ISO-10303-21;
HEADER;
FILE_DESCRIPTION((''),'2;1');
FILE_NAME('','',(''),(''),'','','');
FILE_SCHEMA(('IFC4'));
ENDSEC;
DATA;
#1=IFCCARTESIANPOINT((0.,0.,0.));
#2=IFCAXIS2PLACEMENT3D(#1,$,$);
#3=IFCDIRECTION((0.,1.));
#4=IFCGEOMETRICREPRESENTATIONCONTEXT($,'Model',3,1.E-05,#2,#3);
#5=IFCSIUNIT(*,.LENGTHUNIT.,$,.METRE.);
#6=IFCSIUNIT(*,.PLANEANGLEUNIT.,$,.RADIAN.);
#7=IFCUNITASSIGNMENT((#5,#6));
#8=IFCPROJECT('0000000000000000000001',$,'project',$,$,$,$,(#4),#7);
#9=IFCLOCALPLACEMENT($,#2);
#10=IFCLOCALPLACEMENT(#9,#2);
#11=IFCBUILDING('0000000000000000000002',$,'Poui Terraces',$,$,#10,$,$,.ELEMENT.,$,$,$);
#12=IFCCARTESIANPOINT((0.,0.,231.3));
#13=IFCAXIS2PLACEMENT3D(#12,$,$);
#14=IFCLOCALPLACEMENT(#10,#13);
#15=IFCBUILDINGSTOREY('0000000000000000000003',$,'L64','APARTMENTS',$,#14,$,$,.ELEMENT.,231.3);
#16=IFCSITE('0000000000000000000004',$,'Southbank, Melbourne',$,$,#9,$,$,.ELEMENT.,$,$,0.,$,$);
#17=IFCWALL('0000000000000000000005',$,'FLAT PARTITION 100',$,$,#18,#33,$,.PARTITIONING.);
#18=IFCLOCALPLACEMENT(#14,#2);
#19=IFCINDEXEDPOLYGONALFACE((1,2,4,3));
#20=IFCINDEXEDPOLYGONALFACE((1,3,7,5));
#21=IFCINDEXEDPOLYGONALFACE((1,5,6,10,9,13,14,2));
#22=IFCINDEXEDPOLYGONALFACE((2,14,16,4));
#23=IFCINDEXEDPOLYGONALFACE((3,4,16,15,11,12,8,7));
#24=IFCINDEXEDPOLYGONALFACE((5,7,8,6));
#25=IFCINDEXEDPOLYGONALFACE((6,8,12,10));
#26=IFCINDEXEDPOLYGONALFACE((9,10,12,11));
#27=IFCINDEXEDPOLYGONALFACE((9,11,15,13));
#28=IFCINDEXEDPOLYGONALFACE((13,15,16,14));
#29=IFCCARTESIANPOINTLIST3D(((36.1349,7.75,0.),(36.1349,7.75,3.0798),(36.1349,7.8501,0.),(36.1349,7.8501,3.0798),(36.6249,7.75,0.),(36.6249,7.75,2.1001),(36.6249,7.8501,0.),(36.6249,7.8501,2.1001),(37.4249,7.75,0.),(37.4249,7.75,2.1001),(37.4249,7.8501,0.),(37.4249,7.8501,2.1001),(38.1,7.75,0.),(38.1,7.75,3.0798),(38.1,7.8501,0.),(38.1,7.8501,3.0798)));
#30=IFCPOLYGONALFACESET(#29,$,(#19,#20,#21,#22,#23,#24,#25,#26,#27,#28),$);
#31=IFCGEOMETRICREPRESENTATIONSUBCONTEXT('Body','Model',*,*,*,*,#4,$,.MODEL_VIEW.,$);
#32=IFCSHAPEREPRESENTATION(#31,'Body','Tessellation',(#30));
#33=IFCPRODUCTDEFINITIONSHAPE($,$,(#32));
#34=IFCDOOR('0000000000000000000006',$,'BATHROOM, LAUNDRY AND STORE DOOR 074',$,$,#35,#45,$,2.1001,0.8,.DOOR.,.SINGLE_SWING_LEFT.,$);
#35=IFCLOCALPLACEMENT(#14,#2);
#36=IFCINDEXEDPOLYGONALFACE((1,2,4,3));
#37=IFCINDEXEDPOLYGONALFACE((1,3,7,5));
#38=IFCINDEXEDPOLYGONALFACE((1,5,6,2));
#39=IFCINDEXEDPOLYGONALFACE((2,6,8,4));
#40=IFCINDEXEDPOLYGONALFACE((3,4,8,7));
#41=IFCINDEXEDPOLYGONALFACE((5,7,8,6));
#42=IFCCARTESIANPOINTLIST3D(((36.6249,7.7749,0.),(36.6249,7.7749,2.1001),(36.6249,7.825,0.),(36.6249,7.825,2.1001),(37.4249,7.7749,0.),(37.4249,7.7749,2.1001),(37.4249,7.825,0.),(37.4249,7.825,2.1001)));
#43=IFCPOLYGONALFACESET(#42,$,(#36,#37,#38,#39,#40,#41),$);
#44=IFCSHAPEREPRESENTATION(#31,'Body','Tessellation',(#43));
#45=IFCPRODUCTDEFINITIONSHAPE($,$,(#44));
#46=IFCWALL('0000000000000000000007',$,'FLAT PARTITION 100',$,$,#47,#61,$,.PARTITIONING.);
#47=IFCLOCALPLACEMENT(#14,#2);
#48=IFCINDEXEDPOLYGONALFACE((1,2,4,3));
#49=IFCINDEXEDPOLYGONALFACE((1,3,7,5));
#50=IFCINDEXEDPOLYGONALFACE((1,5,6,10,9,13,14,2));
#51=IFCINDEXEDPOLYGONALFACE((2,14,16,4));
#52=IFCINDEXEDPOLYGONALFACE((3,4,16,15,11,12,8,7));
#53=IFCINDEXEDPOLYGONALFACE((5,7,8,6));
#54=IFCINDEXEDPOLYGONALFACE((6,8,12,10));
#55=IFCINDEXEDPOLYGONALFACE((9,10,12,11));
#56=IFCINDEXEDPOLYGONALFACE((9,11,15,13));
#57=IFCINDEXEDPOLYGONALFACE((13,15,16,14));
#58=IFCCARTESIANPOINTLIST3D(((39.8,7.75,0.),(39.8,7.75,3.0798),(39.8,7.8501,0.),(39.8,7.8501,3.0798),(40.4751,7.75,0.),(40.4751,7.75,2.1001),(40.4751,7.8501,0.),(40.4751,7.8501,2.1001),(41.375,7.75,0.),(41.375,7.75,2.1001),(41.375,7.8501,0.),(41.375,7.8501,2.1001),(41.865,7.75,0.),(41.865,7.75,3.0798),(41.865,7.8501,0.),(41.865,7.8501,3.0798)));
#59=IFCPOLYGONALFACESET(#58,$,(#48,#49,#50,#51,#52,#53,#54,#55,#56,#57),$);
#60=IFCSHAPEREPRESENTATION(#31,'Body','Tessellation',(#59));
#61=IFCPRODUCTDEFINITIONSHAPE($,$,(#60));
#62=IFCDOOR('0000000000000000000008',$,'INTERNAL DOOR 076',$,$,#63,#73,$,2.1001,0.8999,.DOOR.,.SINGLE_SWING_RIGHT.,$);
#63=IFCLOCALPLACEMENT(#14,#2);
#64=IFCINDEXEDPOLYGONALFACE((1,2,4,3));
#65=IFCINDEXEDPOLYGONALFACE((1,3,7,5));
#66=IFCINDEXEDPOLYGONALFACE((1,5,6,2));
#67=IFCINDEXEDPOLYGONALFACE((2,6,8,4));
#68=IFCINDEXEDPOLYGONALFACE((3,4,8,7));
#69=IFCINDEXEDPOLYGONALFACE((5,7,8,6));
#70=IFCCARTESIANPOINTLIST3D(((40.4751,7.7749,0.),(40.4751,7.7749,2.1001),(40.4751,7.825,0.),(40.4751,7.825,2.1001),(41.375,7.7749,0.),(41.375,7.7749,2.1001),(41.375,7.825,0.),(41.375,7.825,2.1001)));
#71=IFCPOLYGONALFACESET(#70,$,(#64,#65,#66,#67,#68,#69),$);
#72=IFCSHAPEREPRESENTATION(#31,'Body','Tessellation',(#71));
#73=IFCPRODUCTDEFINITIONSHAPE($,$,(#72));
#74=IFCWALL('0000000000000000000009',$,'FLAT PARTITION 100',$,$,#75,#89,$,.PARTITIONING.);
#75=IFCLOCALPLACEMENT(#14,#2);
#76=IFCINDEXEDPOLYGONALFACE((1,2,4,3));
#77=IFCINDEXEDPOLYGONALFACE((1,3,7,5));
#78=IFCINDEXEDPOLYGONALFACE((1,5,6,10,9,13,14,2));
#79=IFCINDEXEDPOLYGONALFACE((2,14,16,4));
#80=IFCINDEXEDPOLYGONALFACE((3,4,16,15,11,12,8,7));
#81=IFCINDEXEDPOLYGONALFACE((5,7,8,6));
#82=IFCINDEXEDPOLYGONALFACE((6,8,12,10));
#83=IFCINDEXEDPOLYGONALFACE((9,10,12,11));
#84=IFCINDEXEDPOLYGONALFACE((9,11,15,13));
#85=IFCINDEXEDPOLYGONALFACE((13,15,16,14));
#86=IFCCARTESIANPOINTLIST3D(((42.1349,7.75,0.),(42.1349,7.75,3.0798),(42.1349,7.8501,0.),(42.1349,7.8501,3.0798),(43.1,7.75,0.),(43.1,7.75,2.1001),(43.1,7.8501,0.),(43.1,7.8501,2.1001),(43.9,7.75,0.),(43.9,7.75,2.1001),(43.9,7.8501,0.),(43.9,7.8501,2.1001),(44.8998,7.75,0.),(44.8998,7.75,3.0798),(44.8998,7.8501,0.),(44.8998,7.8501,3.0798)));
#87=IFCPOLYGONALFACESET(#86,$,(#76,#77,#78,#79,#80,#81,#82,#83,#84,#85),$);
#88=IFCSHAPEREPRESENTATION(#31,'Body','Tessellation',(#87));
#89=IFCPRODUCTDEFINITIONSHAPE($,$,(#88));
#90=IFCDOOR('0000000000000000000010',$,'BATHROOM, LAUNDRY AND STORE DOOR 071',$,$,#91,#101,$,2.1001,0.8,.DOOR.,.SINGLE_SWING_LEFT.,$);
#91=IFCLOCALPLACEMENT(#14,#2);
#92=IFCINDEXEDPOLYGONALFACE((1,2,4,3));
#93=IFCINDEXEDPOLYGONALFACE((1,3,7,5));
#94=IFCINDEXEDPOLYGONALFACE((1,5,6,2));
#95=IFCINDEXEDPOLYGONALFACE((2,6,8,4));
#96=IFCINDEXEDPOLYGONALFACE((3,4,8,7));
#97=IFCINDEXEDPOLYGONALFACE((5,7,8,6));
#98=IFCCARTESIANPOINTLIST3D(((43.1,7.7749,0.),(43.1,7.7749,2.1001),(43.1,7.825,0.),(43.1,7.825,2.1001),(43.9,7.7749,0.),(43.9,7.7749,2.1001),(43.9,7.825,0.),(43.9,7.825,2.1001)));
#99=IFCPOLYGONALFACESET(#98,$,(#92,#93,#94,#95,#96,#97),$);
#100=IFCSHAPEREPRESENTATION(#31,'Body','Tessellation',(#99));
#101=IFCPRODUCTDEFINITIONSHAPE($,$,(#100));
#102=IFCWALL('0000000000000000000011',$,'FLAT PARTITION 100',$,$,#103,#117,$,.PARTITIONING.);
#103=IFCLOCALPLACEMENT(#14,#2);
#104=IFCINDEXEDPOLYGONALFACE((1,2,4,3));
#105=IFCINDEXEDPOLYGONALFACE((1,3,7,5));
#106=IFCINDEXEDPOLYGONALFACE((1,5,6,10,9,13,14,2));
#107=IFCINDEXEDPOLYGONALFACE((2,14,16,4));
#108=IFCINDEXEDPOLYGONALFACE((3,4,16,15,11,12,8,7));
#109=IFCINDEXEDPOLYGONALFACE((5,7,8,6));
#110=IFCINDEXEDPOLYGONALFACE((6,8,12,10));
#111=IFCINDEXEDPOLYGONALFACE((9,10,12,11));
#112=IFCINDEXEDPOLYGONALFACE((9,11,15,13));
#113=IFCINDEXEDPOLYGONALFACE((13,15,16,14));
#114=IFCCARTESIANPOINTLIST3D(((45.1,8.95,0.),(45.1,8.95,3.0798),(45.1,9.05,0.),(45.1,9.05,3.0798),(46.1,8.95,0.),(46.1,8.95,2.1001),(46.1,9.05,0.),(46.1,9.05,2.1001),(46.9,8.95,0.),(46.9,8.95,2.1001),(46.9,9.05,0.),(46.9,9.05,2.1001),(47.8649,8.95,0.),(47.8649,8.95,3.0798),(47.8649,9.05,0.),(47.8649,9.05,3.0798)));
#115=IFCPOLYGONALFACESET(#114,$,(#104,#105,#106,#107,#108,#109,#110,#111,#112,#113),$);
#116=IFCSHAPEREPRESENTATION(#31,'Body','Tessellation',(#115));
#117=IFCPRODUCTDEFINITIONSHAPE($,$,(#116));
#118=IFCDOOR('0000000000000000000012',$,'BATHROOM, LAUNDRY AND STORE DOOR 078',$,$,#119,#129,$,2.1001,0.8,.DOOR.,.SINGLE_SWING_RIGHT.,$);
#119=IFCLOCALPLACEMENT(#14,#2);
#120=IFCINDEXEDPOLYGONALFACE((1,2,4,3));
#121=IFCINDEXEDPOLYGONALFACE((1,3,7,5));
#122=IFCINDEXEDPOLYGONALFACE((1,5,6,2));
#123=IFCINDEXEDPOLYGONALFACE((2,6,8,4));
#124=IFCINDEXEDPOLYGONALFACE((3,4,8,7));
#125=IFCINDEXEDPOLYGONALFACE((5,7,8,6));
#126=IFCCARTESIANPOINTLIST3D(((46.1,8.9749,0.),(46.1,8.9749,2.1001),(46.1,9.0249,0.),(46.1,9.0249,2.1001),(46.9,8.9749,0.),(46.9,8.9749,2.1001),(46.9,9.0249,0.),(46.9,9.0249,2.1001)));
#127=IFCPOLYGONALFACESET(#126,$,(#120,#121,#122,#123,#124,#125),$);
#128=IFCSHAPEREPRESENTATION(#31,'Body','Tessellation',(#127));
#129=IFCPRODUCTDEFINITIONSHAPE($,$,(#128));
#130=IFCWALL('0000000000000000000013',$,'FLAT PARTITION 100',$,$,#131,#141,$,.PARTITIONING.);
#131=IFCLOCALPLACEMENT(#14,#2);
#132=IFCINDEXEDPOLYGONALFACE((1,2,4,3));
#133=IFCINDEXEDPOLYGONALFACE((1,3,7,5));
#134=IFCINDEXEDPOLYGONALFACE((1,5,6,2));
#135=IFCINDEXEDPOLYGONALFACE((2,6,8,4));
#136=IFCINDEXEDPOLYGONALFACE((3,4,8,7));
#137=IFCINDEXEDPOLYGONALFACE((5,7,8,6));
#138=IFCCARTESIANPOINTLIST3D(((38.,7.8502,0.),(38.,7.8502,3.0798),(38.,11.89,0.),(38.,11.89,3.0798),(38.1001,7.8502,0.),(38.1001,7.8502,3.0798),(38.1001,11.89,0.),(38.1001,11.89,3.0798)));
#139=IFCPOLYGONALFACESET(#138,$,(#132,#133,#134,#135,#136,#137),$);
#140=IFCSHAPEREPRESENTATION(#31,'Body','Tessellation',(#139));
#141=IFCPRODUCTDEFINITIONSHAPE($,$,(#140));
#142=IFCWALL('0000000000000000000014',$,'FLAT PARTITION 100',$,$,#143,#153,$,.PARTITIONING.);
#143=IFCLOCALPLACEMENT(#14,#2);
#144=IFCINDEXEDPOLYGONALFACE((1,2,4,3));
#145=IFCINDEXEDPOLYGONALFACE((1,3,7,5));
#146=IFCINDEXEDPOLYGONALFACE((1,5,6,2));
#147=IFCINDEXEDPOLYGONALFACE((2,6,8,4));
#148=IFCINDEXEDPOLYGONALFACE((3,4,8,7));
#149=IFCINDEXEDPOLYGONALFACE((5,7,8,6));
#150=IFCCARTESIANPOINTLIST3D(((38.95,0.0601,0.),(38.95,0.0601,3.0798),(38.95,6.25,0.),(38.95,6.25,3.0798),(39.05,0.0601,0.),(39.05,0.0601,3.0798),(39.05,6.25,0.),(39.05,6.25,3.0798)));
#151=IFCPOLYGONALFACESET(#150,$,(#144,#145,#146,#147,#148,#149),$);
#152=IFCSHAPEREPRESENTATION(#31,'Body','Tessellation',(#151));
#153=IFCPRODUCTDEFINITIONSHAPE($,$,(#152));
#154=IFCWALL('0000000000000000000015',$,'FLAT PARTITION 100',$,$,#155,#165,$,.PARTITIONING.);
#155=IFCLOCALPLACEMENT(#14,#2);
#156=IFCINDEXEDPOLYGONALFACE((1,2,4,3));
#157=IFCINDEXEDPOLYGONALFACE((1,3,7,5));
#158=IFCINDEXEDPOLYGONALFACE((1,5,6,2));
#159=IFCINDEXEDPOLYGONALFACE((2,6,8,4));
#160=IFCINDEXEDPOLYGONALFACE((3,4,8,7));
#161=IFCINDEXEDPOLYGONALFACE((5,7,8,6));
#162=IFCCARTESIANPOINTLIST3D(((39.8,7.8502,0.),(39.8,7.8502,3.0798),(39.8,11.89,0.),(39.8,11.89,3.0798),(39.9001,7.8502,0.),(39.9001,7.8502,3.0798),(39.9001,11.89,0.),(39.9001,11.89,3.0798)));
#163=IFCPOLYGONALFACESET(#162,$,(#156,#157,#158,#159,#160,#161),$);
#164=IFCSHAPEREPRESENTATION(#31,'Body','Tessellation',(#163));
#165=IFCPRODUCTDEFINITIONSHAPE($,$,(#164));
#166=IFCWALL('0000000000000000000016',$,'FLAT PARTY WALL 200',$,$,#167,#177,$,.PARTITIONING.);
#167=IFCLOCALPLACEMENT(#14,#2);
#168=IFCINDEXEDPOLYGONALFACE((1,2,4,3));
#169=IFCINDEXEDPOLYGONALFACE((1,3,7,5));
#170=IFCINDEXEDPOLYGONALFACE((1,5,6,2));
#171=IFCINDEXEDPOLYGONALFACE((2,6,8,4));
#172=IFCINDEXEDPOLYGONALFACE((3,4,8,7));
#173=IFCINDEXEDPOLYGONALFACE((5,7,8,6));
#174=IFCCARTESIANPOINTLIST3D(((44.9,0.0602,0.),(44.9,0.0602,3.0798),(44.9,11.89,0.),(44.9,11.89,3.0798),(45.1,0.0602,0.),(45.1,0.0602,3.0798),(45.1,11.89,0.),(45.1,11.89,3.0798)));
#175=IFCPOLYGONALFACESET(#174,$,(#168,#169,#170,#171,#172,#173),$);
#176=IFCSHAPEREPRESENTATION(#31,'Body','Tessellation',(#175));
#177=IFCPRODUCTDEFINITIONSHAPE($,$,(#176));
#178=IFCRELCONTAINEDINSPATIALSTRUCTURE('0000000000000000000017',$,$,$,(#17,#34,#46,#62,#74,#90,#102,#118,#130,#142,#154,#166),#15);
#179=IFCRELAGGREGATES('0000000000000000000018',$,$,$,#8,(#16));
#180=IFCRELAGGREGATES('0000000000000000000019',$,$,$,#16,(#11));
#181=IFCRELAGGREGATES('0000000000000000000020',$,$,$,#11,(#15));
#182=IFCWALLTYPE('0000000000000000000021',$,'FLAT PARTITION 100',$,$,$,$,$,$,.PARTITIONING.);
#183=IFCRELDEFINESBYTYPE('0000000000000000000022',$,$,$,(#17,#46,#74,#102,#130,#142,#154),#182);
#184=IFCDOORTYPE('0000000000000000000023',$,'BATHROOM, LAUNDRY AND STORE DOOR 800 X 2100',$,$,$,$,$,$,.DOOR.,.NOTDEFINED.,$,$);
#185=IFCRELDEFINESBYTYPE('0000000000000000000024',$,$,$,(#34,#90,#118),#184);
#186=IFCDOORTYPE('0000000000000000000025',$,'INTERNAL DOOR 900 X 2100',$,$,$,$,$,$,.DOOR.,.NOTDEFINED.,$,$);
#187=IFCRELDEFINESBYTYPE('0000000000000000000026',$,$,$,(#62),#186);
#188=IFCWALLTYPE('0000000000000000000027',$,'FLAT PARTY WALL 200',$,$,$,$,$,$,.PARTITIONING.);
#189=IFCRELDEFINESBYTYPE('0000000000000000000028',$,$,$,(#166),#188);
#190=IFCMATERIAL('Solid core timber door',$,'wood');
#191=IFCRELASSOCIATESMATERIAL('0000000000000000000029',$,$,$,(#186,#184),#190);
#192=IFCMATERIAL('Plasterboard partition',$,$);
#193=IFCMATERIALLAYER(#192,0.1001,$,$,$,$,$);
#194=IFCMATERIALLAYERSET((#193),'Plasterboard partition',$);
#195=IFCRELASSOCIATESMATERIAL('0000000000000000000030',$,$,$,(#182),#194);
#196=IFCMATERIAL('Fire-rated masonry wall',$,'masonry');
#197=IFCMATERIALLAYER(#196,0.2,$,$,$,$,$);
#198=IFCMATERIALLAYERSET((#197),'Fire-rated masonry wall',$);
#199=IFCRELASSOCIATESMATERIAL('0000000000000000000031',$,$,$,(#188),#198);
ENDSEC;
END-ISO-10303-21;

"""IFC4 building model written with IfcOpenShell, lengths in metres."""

from ifc_helpers import new_model, si_unit, direction, frame, frame_2d, origin, place, context, subcontext, project, spatial, rectangle, extrude, material, layer, layer_set, type_object, element, fill, save


model = new_model("IFC4")

# Units and contexts
model_context = context("Model", 3, precision=1e-05, world=origin(), true_north=direction((0.0, 1.0)))
body_context = subcontext(model_context, "Body", "Model", "MODEL_VIEW")
ifc_project = project(units=[si_unit("LENGTHUNIT", "METRE"), si_unit("PLANEANGLEUNIT", "RADIAN")], contexts=[model_context])

# Site, building, storey
site_placement = place(None, origin())
site = spatial("IfcSite", under=ifc_project, at=site_placement, Name="Southbank, Melbourne", CompositionType="ELEMENT", RefElevation=0.0)
building_placement = place(site_placement, origin())
building = spatial("IfcBuilding", under=site, at=building_placement, Name="Poui Terraces", CompositionType="ELEMENT")
storey_placement = place(building_placement, frame((0.0, 0.0, 231.3)))
storey = spatial("IfcBuildingStorey", under=building, at=storey_placement, Name="L64", Description="APARTMENTS", CompositionType="ELEMENT", Elevation=231.3)

# Walls, openings, doors
ifc_material_1 = material(Name="Solid core timber door", Category="wood")
door_type_1 = type_object("IfcDoorType", Name="INTERNAL DOOR 900 X 2100", OperationType="NOTDEFINED", PredefinedType="DOOR", material=ifc_material_1)
ifc_material_2 = material(Name="Plasterboard partition")
ifc_layer_1 = layer(ifc_material_2, 0.1001)
ifc_layer_set_1 = layer_set([ifc_layer_1], Name="Plasterboard partition")
wall_type_1 = type_object("IfcWallType", Name="FLAT PARTITION 100", PredefinedType="PARTITIONING", material=ifc_layer_set_1)
wall_1_placement = place(storey_placement, frame((36.135, 7.8, 0.0), z_axis=(0.0, 0.0, 1.0), x_axis=(1.0, 0.0, 0.0)))
wall_1 = element("IfcWall", 1, at=wall_1_placement, inside=storey, type_object=wall_type_1, Name="FLAT PARTITION 100", PredefinedType="PARTITIONING", context=body_context, shape_type="SweptSolid", body=[
    extrude(rectangle(XDim=1.9651, YDim=0.1001, at=frame_2d((0.9824, 0.0))), origin(), (0.0, 0.0, 1.0), 3.0798),
])
opening_1_placement = place(wall_1_placement, frame((0.49, 0.0, 0.0)))
opening_1 = element("IfcOpeningElement", 2, at=opening_1_placement, cuts=wall_1, PredefinedType="OPENING", context=body_context, shape_type="SweptSolid", body=[
    extrude(rectangle(XDim=0.8, YDim=2.1001, at=frame_2d((0.3999, 1.05))), frame((0.0, 0.0601, 0.0), z_axis=(0.0, -1.0, 0.0), x_axis=(1.0, 0.0, 0.0)), (0.0, 0.0, 1.0), 0.1201),
])
door_type_2 = type_object("IfcDoorType", Name="BATHROOM, LAUNDRY AND STORE DOOR 800 X 2100", OperationType="NOTDEFINED", PredefinedType="DOOR", material=ifc_material_1)
door_1_placement = place(opening_1_placement, origin())
door_1 = element("IfcDoor", 3, at=door_1_placement, inside=storey, type_object=door_type_2, Name="BATHROOM, LAUNDRY AND STORE DOOR 074", OperationType="SINGLE_SWING_LEFT", OverallHeight=2.1001, OverallWidth=0.8, PredefinedType="DOOR", context=body_context, shape_type="SweptSolid", body=[
    extrude(rectangle(XDim=0.8, YDim=2.1001, at=frame_2d((0.3999, 1.05))), frame((0.0, 0.0249, 0.0), z_axis=(0.0, -1.0, 0.0), x_axis=(1.0, 0.0, 0.0)), (0.0, 0.0, 1.0), 0.05),
])
fill(opening_1, door_1)
wall_2_placement = place(storey_placement, frame((39.8, 7.8, 0.0), z_axis=(0.0, 0.0, 1.0), x_axis=(1.0, 0.0, 0.0)))
wall_2 = element("IfcWall", 4, at=wall_2_placement, inside=storey, type_object=wall_type_1, Name="FLAT PARTITION 100", PredefinedType="PARTITIONING", context=body_context, shape_type="SweptSolid", body=[
    extrude(rectangle(XDim=2.0649, YDim=0.1001, at=frame_2d((1.0325, 0.0))), origin(), (0.0, 0.0, 1.0), 3.0798),
])
opening_2_placement = place(wall_2_placement, frame((0.675, 0.0, 0.0)))
opening_2 = element("IfcOpeningElement", 5, at=opening_2_placement, cuts=wall_2, PredefinedType="OPENING", context=body_context, shape_type="SweptSolid", body=[
    extrude(rectangle(XDim=0.8999, YDim=2.1001, at=frame_2d((0.45, 1.05))), frame((0.0, 0.0601, 0.0), z_axis=(0.0, -1.0, 0.0), x_axis=(1.0, 0.0, 0.0)), (0.0, 0.0, 1.0), 0.1201),
])
door_2_placement = place(opening_2_placement, origin())
door_2 = element("IfcDoor", 6, at=door_2_placement, inside=storey, type_object=door_type_1, Name="INTERNAL DOOR 076", OperationType="SINGLE_SWING_RIGHT", OverallHeight=2.1001, OverallWidth=0.8999, PredefinedType="DOOR", context=body_context, shape_type="SweptSolid", body=[
    extrude(rectangle(XDim=0.8999, YDim=2.1001, at=frame_2d((0.45, 1.05))), frame((0.0, 0.0249, 0.0), z_axis=(0.0, -1.0, 0.0), x_axis=(1.0, 0.0, 0.0)), (0.0, 0.0, 1.0), 0.05),
])
fill(opening_2, door_2)
wall_3_placement = place(storey_placement, frame((42.135, 7.8, 0.0), z_axis=(0.0, 0.0, 1.0), x_axis=(1.0, 0.0, 0.0)))
wall_3 = element("IfcWall", 7, at=wall_3_placement, inside=storey, type_object=wall_type_1, Name="FLAT PARTITION 100", PredefinedType="PARTITIONING", context=body_context, shape_type="SweptSolid", body=[
    extrude(rectangle(XDim=2.7649, YDim=0.1001, at=frame_2d((1.3823, 0.0))), origin(), (0.0, 0.0, 1.0), 3.0798),
])
opening_3_placement = place(wall_3_placement, frame((0.9651, 0.0, 0.0)))
opening_3 = element("IfcOpeningElement", 8, at=opening_3_placement, cuts=wall_3, PredefinedType="OPENING", context=body_context, shape_type="SweptSolid", body=[
    extrude(rectangle(XDim=0.8, YDim=2.1001, at=frame_2d((0.3999, 1.05))), frame((0.0, 0.0601, 0.0), z_axis=(0.0, -1.0, 0.0), x_axis=(1.0, 0.0, 0.0)), (0.0, 0.0, 1.0), 0.1201),
])
door_3_placement = place(opening_3_placement, origin())
door_3 = element("IfcDoor", 9, at=door_3_placement, inside=storey, type_object=door_type_2, Name="BATHROOM, LAUNDRY AND STORE DOOR 071", OperationType="SINGLE_SWING_LEFT", OverallHeight=2.1001, OverallWidth=0.8, PredefinedType="DOOR", context=body_context, shape_type="SweptSolid", body=[
    extrude(rectangle(XDim=0.8, YDim=2.1001, at=frame_2d((0.3999, 1.05))), frame((0.0, 0.0249, 0.0), z_axis=(0.0, -1.0, 0.0), x_axis=(1.0, 0.0, 0.0)), (0.0, 0.0, 1.0), 0.05),
])
fill(opening_3, door_3)
wall_4_placement = place(storey_placement, frame((45.1001, 9.0, 0.0), z_axis=(0.0, 0.0, 1.0), x_axis=(1.0, 0.0, 0.0)))
wall_4 = element("IfcWall", 10, at=wall_4_placement, inside=storey, type_object=wall_type_1, Name="FLAT PARTITION 100", PredefinedType="PARTITIONING", context=body_context, shape_type="SweptSolid", body=[
    extrude(rectangle(XDim=2.7649, YDim=0.1001, at=frame_2d((1.3823, 0.0))), origin(), (0.0, 0.0, 1.0), 3.0798),
])
opening_4_placement = place(wall_4_placement, frame((1.0, 0.0, 0.0)))
opening_4 = element("IfcOpeningElement", 11, at=opening_4_placement, cuts=wall_4, PredefinedType="OPENING", context=body_context, shape_type="SweptSolid", body=[
    extrude(rectangle(XDim=0.8, YDim=2.1001, at=frame_2d((0.3999, 1.05))), frame((0.0, 0.0601, 0.0), z_axis=(0.0, -1.0, 0.0), x_axis=(1.0, 0.0, 0.0)), (0.0, 0.0, 1.0), 0.1201),
])
door_4_placement = place(opening_4_placement, origin())
door_4 = element("IfcDoor", 12, at=door_4_placement, inside=storey, type_object=door_type_2, Name="BATHROOM, LAUNDRY AND STORE DOOR 078", OperationType="SINGLE_SWING_RIGHT", OverallHeight=2.1001, OverallWidth=0.8, PredefinedType="DOOR", context=body_context, shape_type="SweptSolid", body=[
    extrude(rectangle(XDim=0.8, YDim=2.1001, at=frame_2d((0.3999, 1.05))), frame((0.0, 0.0249, 0.0), z_axis=(0.0, -1.0, 0.0), x_axis=(1.0, 0.0, 0.0)), (0.0, 0.0, 1.0), 0.05),
])
fill(opening_4, door_4)

# Walls
wall_5_placement = place(storey_placement, frame((38.05, 7.8501, 0.0), z_axis=(0.0, 0.0, 1.0), x_axis=(0.0, 1.0, 0.0)))
element("IfcWall", 13, at=wall_5_placement, inside=storey, type_object=wall_type_1, Name="FLAT PARTITION 100", PredefinedType="PARTITIONING", context=body_context, shape_type="SweptSolid", body=[
    extrude(rectangle(XDim=4.0398, YDim=0.1001, at=frame_2d((2.02, 0.0))), origin(), (0.0, 0.0, 1.0), 3.0798),
])
wall_6_placement = place(storey_placement, frame((39.0, 0.0601, 0.0), z_axis=(0.0, 0.0, 1.0), x_axis=(0.0, 1.0, 0.0)))
element("IfcWall", 14, at=wall_6_placement, inside=storey, type_object=wall_type_1, Name="FLAT PARTITION 100", PredefinedType="PARTITIONING", context=body_context, shape_type="SweptSolid", body=[
    extrude(rectangle(XDim=6.1899, YDim=0.1001, at=frame_2d((3.095, 0.0))), origin(), (0.0, 0.0, 1.0), 3.0798),
])
wall_7_placement = place(storey_placement, frame((39.8501, 7.8501, 0.0), z_axis=(0.0, 0.0, 1.0), x_axis=(0.0, 1.0, 0.0)))
element("IfcWall", 15, at=wall_7_placement, inside=storey, type_object=wall_type_1, Name="FLAT PARTITION 100", PredefinedType="PARTITIONING", context=body_context, shape_type="SweptSolid", body=[
    extrude(rectangle(XDim=4.0398, YDim=0.1001, at=frame_2d((2.02, 0.0))), origin(), (0.0, 0.0, 1.0), 3.0798),
])
ifc_material_3 = material(Name="Fire-rated masonry wall", Category="masonry")
ifc_layer_2 = layer(ifc_material_3, 0.2)
ifc_layer_set_2 = layer_set([ifc_layer_2], Name="Fire-rated masonry wall")
wall_type_2 = type_object("IfcWallType", Name="FLAT PARTY WALL 200", PredefinedType="PARTITIONING", material=ifc_layer_set_2)
wall_8_placement = place(storey_placement, frame((45.0, 0.0601, 0.0), z_axis=(0.0, 0.0, 1.0), x_axis=(0.0, 1.0, 0.0)))
element("IfcWall", 16, at=wall_8_placement, inside=storey, type_object=wall_type_2, Name="FLAT PARTY WALL 200", PredefinedType="PARTITIONING", context=body_context, shape_type="SweptSolid", body=[
    extrude(rectangle(XDim=11.8298, YDim=0.2, at=frame_2d((5.915, 0.0))), origin(), (0.0, 0.0, 1.0), 3.0798),
])

save(model, "model.ifc")
